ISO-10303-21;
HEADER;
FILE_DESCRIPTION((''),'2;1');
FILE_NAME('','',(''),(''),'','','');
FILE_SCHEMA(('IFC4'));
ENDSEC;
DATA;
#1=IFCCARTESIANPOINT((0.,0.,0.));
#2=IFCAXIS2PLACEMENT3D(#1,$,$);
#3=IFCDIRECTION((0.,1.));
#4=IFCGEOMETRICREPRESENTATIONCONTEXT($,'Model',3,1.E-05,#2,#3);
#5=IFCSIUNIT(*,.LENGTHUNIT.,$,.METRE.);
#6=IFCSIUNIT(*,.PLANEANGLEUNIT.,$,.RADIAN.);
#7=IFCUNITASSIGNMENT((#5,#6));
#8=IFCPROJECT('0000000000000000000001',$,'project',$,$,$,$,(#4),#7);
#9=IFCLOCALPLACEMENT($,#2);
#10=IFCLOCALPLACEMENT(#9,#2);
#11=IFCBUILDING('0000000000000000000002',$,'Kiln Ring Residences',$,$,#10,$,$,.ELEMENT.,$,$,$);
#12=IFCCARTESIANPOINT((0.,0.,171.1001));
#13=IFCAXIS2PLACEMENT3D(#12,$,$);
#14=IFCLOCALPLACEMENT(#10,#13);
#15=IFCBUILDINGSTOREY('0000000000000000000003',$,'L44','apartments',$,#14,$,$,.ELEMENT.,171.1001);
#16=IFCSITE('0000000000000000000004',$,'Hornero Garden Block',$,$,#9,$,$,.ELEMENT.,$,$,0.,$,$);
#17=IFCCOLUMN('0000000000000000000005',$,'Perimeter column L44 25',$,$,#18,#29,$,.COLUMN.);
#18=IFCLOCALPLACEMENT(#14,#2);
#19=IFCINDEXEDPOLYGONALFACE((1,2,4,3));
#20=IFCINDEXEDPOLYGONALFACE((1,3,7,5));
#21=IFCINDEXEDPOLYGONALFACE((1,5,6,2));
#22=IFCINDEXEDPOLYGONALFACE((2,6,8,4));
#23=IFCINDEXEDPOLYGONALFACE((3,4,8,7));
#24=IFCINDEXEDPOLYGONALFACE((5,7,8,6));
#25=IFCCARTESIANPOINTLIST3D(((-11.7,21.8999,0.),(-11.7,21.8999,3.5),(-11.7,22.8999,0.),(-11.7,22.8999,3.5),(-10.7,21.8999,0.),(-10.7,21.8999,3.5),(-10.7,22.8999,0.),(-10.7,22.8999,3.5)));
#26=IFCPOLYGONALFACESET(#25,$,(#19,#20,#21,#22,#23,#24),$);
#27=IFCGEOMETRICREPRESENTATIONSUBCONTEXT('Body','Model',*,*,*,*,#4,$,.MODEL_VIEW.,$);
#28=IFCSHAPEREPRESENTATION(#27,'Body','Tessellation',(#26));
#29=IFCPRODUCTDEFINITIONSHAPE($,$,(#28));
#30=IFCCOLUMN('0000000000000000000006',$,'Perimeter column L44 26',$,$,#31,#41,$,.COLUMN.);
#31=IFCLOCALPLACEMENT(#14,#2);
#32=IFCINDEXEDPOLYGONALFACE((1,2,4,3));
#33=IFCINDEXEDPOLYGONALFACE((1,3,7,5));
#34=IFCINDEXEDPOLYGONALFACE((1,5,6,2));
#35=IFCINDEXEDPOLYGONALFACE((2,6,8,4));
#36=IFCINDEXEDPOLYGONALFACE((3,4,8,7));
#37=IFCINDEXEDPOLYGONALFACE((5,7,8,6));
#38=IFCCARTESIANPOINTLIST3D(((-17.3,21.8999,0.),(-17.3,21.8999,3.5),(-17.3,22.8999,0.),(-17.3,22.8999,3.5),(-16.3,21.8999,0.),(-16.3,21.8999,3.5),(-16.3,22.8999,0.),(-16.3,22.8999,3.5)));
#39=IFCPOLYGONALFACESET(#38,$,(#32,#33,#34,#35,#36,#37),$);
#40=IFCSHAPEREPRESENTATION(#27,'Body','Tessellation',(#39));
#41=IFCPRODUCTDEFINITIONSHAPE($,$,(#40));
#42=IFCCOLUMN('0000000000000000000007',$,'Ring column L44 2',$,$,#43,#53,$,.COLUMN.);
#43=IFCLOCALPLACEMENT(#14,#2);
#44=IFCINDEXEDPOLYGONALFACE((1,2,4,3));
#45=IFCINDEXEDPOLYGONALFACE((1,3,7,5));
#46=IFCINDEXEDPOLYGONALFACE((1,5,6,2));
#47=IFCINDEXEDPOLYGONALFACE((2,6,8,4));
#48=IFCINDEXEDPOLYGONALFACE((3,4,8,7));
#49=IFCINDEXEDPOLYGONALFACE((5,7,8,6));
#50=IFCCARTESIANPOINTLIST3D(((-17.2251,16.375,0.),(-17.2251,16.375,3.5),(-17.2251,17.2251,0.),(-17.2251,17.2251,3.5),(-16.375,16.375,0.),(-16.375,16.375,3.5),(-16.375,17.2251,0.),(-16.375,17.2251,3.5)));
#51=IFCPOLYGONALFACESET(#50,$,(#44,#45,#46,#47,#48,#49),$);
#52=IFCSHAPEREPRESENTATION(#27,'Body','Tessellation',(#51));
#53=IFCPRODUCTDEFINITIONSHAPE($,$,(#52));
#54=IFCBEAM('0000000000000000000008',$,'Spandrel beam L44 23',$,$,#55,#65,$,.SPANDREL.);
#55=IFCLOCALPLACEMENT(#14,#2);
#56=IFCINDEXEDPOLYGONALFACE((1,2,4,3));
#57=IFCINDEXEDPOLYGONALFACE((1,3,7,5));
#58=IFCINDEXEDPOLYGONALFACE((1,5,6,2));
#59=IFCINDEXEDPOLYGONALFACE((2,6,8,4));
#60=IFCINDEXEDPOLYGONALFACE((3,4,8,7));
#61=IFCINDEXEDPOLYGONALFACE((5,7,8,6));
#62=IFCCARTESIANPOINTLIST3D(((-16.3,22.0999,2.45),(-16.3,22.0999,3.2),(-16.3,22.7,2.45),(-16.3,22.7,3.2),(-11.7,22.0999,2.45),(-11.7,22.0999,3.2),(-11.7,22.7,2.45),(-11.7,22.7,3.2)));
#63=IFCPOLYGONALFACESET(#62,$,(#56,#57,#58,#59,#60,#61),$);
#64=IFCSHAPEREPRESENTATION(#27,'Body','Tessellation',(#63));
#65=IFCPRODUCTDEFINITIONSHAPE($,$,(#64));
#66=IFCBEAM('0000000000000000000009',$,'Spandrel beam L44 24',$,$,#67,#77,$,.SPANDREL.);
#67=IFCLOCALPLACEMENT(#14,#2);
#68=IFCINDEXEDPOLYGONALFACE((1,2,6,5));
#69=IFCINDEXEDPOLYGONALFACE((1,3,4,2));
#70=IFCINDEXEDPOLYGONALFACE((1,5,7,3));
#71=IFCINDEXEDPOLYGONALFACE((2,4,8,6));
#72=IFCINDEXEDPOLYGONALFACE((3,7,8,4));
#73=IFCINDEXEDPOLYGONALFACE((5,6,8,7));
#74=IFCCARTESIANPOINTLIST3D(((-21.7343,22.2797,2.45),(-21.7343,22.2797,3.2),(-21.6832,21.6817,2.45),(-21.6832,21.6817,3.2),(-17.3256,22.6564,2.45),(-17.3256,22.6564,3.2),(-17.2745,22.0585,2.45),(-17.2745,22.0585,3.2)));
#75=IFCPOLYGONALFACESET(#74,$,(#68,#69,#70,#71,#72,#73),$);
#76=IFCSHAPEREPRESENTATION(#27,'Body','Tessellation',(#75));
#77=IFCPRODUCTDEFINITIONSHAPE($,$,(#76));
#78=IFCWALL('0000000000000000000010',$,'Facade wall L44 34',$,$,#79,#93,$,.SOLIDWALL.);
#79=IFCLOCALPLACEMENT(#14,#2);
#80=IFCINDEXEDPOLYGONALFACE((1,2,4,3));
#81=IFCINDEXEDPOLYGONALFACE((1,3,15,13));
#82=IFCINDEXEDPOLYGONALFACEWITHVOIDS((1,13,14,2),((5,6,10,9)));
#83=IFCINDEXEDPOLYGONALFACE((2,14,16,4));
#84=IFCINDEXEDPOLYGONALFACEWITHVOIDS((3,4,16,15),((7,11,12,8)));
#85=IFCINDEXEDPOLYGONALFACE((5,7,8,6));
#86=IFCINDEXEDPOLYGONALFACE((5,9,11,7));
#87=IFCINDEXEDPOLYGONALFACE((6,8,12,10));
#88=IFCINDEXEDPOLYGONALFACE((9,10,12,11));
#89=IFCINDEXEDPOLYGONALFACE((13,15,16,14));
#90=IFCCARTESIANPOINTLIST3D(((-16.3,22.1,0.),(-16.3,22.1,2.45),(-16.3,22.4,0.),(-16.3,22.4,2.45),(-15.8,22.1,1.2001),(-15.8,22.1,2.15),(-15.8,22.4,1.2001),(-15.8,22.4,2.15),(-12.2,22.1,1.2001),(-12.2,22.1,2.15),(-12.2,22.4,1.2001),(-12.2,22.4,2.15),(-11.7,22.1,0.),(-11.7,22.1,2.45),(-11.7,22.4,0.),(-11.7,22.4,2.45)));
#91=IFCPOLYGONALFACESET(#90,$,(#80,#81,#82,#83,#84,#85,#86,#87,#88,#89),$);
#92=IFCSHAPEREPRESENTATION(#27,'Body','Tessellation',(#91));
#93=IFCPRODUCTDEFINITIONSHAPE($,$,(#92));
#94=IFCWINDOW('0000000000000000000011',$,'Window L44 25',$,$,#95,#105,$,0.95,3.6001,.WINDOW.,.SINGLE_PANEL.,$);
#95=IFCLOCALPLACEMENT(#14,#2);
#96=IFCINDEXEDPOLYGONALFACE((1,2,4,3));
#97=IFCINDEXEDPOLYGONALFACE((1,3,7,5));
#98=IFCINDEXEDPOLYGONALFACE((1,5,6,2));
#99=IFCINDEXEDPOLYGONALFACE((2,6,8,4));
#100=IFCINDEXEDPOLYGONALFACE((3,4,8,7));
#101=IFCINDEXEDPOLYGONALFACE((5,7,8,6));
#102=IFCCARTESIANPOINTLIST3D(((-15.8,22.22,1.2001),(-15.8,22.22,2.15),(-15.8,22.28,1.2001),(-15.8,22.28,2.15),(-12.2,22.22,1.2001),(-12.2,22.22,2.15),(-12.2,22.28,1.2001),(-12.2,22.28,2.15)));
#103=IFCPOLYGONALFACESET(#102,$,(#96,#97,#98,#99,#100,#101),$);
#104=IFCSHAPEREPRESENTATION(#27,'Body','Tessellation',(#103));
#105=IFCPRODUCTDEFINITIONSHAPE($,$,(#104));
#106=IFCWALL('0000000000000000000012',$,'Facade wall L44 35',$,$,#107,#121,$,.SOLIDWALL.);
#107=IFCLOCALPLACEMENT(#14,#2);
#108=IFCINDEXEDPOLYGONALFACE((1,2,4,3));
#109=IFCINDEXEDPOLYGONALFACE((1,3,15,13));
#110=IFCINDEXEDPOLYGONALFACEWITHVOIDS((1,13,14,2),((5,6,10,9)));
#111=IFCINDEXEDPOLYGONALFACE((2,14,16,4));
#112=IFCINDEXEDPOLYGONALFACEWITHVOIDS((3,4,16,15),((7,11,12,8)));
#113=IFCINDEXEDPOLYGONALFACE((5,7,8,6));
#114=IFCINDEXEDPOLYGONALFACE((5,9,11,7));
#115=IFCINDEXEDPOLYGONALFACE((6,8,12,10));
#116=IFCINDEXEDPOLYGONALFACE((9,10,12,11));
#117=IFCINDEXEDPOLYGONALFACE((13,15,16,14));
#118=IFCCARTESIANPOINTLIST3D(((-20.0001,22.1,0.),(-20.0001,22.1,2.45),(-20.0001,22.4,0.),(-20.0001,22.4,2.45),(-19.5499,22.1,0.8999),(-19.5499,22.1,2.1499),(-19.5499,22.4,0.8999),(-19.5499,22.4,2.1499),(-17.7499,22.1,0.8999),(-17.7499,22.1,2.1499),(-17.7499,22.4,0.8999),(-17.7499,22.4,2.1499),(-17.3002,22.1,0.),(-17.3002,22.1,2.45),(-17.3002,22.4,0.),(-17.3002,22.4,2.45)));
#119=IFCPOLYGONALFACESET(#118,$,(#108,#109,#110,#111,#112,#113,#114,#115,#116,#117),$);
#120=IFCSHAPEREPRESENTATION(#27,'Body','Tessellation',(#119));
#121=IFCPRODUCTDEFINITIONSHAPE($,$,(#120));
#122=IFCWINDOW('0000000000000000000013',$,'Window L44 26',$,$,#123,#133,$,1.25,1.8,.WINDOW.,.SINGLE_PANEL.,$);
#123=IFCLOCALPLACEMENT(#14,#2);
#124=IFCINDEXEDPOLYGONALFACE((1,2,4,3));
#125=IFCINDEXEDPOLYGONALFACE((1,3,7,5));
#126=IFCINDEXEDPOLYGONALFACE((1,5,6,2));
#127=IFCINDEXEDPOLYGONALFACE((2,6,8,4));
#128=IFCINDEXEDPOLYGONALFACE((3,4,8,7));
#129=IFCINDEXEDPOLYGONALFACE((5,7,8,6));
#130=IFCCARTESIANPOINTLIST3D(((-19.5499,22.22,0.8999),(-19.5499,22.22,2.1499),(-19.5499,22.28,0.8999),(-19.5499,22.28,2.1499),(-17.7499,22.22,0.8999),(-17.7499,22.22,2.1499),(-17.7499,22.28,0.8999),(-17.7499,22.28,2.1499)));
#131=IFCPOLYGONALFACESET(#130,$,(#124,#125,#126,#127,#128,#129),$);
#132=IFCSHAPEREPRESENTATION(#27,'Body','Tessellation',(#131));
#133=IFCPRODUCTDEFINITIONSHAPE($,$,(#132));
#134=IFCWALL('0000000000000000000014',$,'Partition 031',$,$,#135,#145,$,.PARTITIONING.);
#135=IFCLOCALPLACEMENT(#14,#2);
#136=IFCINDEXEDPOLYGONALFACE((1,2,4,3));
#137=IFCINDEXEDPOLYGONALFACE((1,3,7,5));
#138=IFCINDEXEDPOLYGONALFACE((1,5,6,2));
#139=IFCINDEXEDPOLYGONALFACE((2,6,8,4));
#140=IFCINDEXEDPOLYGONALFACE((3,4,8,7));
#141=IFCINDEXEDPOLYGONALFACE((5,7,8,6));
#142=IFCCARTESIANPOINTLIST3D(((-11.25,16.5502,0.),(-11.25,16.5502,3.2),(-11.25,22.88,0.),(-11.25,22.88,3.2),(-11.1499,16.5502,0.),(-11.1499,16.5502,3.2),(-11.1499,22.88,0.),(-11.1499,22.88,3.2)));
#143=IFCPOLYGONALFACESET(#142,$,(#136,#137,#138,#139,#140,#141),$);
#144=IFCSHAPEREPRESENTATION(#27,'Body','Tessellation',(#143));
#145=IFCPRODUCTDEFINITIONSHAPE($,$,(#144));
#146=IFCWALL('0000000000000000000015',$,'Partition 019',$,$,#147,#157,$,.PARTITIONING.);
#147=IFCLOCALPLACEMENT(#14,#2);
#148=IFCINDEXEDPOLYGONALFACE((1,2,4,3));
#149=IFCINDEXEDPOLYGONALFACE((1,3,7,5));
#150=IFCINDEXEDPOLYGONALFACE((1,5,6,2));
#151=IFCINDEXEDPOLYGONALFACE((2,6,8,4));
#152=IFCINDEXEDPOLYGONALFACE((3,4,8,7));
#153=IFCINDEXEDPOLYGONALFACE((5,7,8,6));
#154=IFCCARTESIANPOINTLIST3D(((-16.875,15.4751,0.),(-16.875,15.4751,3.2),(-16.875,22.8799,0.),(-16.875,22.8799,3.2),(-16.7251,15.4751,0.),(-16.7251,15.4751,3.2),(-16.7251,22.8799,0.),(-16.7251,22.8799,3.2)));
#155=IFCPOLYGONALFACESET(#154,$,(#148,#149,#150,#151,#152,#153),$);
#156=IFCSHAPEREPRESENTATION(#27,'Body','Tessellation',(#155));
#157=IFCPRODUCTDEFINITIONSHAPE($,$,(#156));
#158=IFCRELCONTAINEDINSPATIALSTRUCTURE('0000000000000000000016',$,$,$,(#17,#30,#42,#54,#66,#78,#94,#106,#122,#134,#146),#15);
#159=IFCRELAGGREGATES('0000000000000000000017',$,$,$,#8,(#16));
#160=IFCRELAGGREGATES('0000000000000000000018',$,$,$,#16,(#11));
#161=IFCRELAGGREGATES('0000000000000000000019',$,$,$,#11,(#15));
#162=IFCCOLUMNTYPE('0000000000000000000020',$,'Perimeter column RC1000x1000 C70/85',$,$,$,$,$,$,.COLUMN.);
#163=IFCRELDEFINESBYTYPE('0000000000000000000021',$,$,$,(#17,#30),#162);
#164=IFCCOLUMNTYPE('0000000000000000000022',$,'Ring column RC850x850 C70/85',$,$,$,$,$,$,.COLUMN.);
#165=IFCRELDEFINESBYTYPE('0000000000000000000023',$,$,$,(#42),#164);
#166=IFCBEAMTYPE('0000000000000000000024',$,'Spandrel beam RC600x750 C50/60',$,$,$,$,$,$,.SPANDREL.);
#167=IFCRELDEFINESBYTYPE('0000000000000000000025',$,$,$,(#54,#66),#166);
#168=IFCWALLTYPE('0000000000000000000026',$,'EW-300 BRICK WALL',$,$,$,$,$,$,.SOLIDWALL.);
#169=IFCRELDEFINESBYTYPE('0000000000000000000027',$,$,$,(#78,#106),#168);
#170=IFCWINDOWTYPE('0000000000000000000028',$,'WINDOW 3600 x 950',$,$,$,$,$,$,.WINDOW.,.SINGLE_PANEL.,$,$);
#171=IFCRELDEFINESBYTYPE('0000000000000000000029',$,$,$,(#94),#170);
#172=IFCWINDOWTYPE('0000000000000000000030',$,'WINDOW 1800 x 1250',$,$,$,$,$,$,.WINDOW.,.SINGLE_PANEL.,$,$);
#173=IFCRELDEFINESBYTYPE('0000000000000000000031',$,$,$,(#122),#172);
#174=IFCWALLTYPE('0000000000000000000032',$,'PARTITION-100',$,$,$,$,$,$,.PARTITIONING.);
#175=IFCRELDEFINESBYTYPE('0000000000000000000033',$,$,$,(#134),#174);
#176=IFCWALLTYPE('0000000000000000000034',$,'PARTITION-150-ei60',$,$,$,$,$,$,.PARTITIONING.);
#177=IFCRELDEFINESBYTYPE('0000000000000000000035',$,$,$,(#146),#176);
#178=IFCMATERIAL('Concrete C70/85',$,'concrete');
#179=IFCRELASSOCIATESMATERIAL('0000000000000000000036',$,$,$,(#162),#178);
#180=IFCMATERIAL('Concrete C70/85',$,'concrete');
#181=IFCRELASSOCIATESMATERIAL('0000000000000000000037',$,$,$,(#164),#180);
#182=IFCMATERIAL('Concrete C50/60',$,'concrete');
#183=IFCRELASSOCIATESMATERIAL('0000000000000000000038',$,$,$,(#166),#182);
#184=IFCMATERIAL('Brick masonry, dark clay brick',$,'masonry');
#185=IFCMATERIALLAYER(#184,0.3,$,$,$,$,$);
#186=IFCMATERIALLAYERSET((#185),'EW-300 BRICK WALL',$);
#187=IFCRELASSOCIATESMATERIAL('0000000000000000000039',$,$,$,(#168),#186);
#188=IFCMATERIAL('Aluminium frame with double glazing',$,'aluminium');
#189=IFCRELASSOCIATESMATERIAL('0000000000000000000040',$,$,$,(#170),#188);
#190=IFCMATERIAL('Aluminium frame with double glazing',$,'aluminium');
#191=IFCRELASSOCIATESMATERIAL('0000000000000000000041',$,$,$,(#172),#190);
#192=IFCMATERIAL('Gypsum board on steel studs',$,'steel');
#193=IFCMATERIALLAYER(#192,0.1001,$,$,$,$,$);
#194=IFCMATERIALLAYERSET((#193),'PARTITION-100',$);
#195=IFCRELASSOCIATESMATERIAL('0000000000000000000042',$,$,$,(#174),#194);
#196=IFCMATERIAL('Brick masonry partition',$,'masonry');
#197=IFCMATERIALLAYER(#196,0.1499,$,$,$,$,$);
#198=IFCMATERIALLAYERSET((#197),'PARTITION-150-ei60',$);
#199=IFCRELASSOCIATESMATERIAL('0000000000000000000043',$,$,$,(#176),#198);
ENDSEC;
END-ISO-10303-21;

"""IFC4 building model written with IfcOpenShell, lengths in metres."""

from ifc_helpers import new_model, si_unit, direction, frame, frame_2d, origin, origin_2d, place, context, subcontext, project, spatial, rectangle, extrude, material, layer, layer_set, material_profile, profile_set, type_object, element, fill, save


model = new_model("IFC4")

# Units and contexts
model_context = context("Model", 3, precision=1e-05, world=origin(), true_north=direction((0.0, 1.0)))
body_context = subcontext(model_context, "Body", "Model", "MODEL_VIEW")
ifc_project = project(units=[si_unit("LENGTHUNIT", "METRE"), si_unit("PLANEANGLEUNIT", "RADIAN")], contexts=[model_context])

# Site, building, storey
site_placement = place(None, origin())
site = spatial("IfcSite", under=ifc_project, at=site_placement, Name="Hornero Garden Block", CompositionType="ELEMENT", RefElevation=0.0)
building_placement = place(site_placement, origin())
building = spatial("IfcBuilding", under=site, at=building_placement, Name="Kiln Ring Residences", CompositionType="ELEMENT")
storey_placement = place(building_placement, frame((0.0, 0.0, 171.1001)))
storey = spatial("IfcBuildingStorey", under=building, at=storey_placement, Name="L44", Description="apartments", CompositionType="ELEMENT", Elevation=171.1001)

# Columns
ifc_material_1 = material(Name="Concrete C70/85", Category="concrete")
ifc_material_profile_1 = material_profile(ifc_material_1, rectangle(XDim=1.0, YDim=1.0, at=origin_2d()), Name="RC1000x1000")
ifc_profile_set_1 = profile_set([ifc_material_profile_1], Name="Concrete C70/85")
column_type_1 = type_object("IfcColumnType", Name="Perimeter column RC1000x1000 C70/85", PredefinedType="COLUMN", material=ifc_profile_set_1)
for number, where, z_axis, x_axis, name in (
    (1, (-11.2, 22.3999, 0.0), (0.0, 0.0, 1.0), (1.0, 0.0, 0.0), "Perimeter column L44 25"),
    (2, (-16.8, 22.3999, 0.0), (0.0, 0.0, 1.0), (1.0, 0.0, 0.0), "Perimeter column L44 26"),
):
    element("IfcColumn", number, at=place(storey_placement, frame(where, z_axis=z_axis, x_axis=x_axis)), inside=storey, type_object=column_type_1, Name=name, PredefinedType="COLUMN", context=body_context, shape_type="SweptSolid", body=[
        extrude(rectangle(XDim=1.0, YDim=1.0, at=origin_2d()), origin(), (0.0, 0.0, 1.0), 3.5),
    ])
ifc_material_2 = material(Name="Concrete C70/85", Category="concrete")
ifc_material_profile_2 = material_profile(ifc_material_2, rectangle(XDim=0.8501, YDim=0.8501, at=origin_2d()), Name="RC850x850")
ifc_profile_set_2 = profile_set([ifc_material_profile_2], Name="Concrete C70/85")
column_type_2 = type_object("IfcColumnType", Name="Ring column RC850x850 C70/85", PredefinedType="COLUMN", material=ifc_profile_set_2)
column_placement = place(storey_placement, frame((-16.8, 16.8, 0.0), z_axis=(0.0, 0.0, 1.0), x_axis=(1.0, 0.0, 0.0)))
element("IfcColumn", 3, at=column_placement, inside=storey, type_object=column_type_2, Name="Ring column L44 2", PredefinedType="COLUMN", context=body_context, shape_type="SweptSolid", body=[
    extrude(rectangle(XDim=0.8501, YDim=0.8501, at=origin_2d()), origin(), (0.0, 0.0, 1.0), 3.5),
])

# Beams
ifc_material_3 = material(Name="Concrete C50/60", Category="concrete")
ifc_material_profile_3 = material_profile(ifc_material_3, rectangle(XDim=0.6001, YDim=0.75, at=origin_2d()), Name="RC600x750")
ifc_profile_set_3 = profile_set([ifc_material_profile_3], Name="Concrete C50/60")
beam_type = type_object("IfcBeamType", Name="Spandrel beam RC600x750 C50/60", PredefinedType="SPANDREL", material=ifc_profile_set_3)
beam_1_placement = place(storey_placement, frame((-11.7, 22.3999, 2.825), z_axis=(-1.0, 0.0, 0.0), x_axis=(0.0, -1.0, 0.0)))
element("IfcBeam", 4, at=beam_1_placement, inside=storey, type_object=beam_type, Name="Spandrel beam L44 23", PredefinedType="SPANDREL", context=body_context, shape_type="SweptSolid", body=[
    extrude(rectangle(XDim=0.6001, YDim=0.75, at=origin_2d()), origin(), (0.0, 0.0, 1.0), 4.6001),
])
beam_2_placement = place(storey_placement, frame((-17.3, 22.3574, 2.825), z_axis=(-0.996369, -0.085137, 0.0), x_axis=(0.085137, -0.996369, 0.0)))
element("IfcBeam", 5, at=beam_2_placement, inside=storey, type_object=beam_type, Name="Spandrel beam L44 24", PredefinedType="SPANDREL", context=body_context, shape_type="SweptSolid", body=[
    extrude(rectangle(XDim=0.6001, YDim=0.75, at=origin_2d()), origin(), (0.0, 0.0, 1.0), 4.4248),
])

# Walls, openings, windows
ifc_material_4 = material(Name="Brick masonry, dark clay brick", Category="masonry")
ifc_layer_1 = layer(ifc_material_4, 0.3)
ifc_layer_set_1 = layer_set([ifc_layer_1], Name="EW-300 BRICK WALL")
wall_type_1 = type_object("IfcWallType", Name="EW-300 BRICK WALL", PredefinedType="SOLIDWALL", material=ifc_layer_set_1)
wall_1_placement = place(storey_placement, frame((-11.7, 22.25, 0.0), z_axis=(0.0, 0.0, 1.0), x_axis=(-1.0, 0.0, 0.0)))
wall_1 = element("IfcWall", 6, at=wall_1_placement, inside=storey, type_object=wall_type_1, Name="Facade wall L44 34", PredefinedType="SOLIDWALL", context=body_context, shape_type="SweptSolid", body=[
    extrude(rectangle(XDim=4.6001, YDim=0.3, at=frame_2d((2.3, 0.0))), origin(), (0.0, 0.0, 1.0), 2.45),
])
opening_1_placement = place(wall_1_placement, frame((0.5, 0.0, 1.2)))
opening_1 = element("IfcOpeningElement", 7, at=opening_1_placement, cuts=wall_1, PredefinedType="OPENING", context=body_context, shape_type="SweptSolid", body=[
    extrude(rectangle(XDim=3.6001, YDim=0.95, at=frame_2d((1.8, 0.4751))), frame((0.0, 0.1599, 0.0), z_axis=(0.0, -1.0, 0.0), x_axis=(1.0, 0.0, 0.0)), (0.0, 0.0, 1.0), 0.3201),
])
ifc_material_5 = material(Name="Aluminium frame with double glazing", Category="aluminium")
window_type_1 = type_object("IfcWindowType", Name="WINDOW 3600 x 950", PartitioningType="SINGLE_PANEL", PredefinedType="WINDOW", material=ifc_material_5)
window_1_placement = place(opening_1_placement, origin())
window_1 = element("IfcWindow", 8, at=window_1_placement, inside=storey, type_object=window_type_1, Name="Window L44 25", OverallHeight=0.95, OverallWidth=3.6001, PartitioningType="SINGLE_PANEL", PredefinedType="WINDOW", context=body_context, shape_type="SweptSolid", body=[
    extrude(rectangle(XDim=3.6001, YDim=0.95, at=frame_2d((1.8, 0.4751))), frame((0.0, 0.03, 0.0), z_axis=(0.0, -1.0, 0.0), x_axis=(1.0, 0.0, 0.0)), (0.0, 0.0, 1.0), 0.0601),
])
fill(opening_1, window_1)
wall_2_placement = place(storey_placement, frame((-17.3, 22.25, 0.0), z_axis=(0.0, 0.0, 1.0), x_axis=(-1.0, 0.0, 0.0)))
wall_2 = element("IfcWall", 9, at=wall_2_placement, inside=storey, type_object=wall_type_1, Name="Facade wall L44 35", PredefinedType="SOLIDWALL", context=body_context, shape_type="SweptSolid", body=[
    extrude(rectangle(XDim=2.7, YDim=0.3, at=frame_2d((1.3501, 0.0))), origin(), (0.0, 0.0, 1.0), 2.45),
])
opening_2_placement = place(wall_2_placement, frame((0.45, 0.0, 0.8999)))
opening_2 = element("IfcOpeningElement", 10, at=opening_2_placement, cuts=wall_2, PredefinedType="OPENING", context=body_context, shape_type="SweptSolid", body=[
    extrude(rectangle(XDim=1.8, YDim=1.25, at=frame_2d((0.8999, 0.625))), frame((0.0, 0.1599, 0.0), z_axis=(0.0, -1.0, 0.0), x_axis=(1.0, 0.0, 0.0)), (0.0, 0.0, 1.0), 0.3201),
])
ifc_material_6 = material(Name="Aluminium frame with double glazing", Category="aluminium")
window_type_2 = type_object("IfcWindowType", Name="WINDOW 1800 x 1250", PartitioningType="SINGLE_PANEL", PredefinedType="WINDOW", material=ifc_material_6)
window_2_placement = place(opening_2_placement, origin())
window_2 = element("IfcWindow", 11, at=window_2_placement, inside=storey, type_object=window_type_2, Name="Window L44 26", OverallHeight=1.25, OverallWidth=1.8, PartitioningType="SINGLE_PANEL", PredefinedType="WINDOW", context=body_context, shape_type="SweptSolid", body=[
    extrude(rectangle(XDim=1.8, YDim=1.25, at=frame_2d((0.8999, 0.625))), frame((0.0, 0.03, 0.0), z_axis=(0.0, -1.0, 0.0), x_axis=(1.0, 0.0, 0.0)), (0.0, 0.0, 1.0), 0.0601),
])
fill(opening_2, window_2)

# Shared definitions
ifc_material_7 = material(Name="Gypsum board on steel studs", Category="steel")
ifc_layer_2 = layer(ifc_material_7, 0.1001)
ifc_layer_set_2 = layer_set([ifc_layer_2], Name="PARTITION-100")
wall_type_2 = type_object("IfcWallType", Name="PARTITION-100", PredefinedType="PARTITIONING", material=ifc_layer_set_2)

# Walls
wall_3_placement = place(storey_placement, frame((-11.2, 16.55, 0.0), z_axis=(0.0, 0.0, 1.0), x_axis=(0.0, 1.0, 0.0)))
element("IfcWall", 12, at=wall_3_placement, inside=storey, type_object=wall_type_2, Name="Partition 031", PredefinedType="PARTITIONING", context=body_context, shape_type="SweptSolid", body=[
    extrude(rectangle(XDim=6.3298, YDim=0.1001, at=frame_2d((3.165, 0.0))), origin(), (0.0, 0.0, 1.0), 3.2),
])
ifc_material_8 = material(Name="Brick masonry partition", Category="masonry")
ifc_layer_3 = layer(ifc_material_8, 0.1499)
ifc_layer_set_3 = layer_set([ifc_layer_3], Name="PARTITION-150-ei60")
wall_type_3 = type_object("IfcWallType", Name="PARTITION-150-ei60", PredefinedType="PARTITIONING", material=ifc_layer_set_3)
wall_4_placement = place(storey_placement, frame((-16.8, 15.4751, 0.0), z_axis=(0.0, 0.0, 1.0), x_axis=(0.0, 1.0, 0.0)))
element("IfcWall", 13, at=wall_4_placement, inside=storey, type_object=wall_type_3, Name="Partition 019", PredefinedType="PARTITIONING", context=body_context, shape_type="SweptSolid", body=[
    extrude(rectangle(XDim=7.4048, YDim=0.1499, at=frame_2d((3.7024, 0.0))), origin(), (0.0, 0.0, 1.0), 3.2),
])

save(model, "model.ifc")
